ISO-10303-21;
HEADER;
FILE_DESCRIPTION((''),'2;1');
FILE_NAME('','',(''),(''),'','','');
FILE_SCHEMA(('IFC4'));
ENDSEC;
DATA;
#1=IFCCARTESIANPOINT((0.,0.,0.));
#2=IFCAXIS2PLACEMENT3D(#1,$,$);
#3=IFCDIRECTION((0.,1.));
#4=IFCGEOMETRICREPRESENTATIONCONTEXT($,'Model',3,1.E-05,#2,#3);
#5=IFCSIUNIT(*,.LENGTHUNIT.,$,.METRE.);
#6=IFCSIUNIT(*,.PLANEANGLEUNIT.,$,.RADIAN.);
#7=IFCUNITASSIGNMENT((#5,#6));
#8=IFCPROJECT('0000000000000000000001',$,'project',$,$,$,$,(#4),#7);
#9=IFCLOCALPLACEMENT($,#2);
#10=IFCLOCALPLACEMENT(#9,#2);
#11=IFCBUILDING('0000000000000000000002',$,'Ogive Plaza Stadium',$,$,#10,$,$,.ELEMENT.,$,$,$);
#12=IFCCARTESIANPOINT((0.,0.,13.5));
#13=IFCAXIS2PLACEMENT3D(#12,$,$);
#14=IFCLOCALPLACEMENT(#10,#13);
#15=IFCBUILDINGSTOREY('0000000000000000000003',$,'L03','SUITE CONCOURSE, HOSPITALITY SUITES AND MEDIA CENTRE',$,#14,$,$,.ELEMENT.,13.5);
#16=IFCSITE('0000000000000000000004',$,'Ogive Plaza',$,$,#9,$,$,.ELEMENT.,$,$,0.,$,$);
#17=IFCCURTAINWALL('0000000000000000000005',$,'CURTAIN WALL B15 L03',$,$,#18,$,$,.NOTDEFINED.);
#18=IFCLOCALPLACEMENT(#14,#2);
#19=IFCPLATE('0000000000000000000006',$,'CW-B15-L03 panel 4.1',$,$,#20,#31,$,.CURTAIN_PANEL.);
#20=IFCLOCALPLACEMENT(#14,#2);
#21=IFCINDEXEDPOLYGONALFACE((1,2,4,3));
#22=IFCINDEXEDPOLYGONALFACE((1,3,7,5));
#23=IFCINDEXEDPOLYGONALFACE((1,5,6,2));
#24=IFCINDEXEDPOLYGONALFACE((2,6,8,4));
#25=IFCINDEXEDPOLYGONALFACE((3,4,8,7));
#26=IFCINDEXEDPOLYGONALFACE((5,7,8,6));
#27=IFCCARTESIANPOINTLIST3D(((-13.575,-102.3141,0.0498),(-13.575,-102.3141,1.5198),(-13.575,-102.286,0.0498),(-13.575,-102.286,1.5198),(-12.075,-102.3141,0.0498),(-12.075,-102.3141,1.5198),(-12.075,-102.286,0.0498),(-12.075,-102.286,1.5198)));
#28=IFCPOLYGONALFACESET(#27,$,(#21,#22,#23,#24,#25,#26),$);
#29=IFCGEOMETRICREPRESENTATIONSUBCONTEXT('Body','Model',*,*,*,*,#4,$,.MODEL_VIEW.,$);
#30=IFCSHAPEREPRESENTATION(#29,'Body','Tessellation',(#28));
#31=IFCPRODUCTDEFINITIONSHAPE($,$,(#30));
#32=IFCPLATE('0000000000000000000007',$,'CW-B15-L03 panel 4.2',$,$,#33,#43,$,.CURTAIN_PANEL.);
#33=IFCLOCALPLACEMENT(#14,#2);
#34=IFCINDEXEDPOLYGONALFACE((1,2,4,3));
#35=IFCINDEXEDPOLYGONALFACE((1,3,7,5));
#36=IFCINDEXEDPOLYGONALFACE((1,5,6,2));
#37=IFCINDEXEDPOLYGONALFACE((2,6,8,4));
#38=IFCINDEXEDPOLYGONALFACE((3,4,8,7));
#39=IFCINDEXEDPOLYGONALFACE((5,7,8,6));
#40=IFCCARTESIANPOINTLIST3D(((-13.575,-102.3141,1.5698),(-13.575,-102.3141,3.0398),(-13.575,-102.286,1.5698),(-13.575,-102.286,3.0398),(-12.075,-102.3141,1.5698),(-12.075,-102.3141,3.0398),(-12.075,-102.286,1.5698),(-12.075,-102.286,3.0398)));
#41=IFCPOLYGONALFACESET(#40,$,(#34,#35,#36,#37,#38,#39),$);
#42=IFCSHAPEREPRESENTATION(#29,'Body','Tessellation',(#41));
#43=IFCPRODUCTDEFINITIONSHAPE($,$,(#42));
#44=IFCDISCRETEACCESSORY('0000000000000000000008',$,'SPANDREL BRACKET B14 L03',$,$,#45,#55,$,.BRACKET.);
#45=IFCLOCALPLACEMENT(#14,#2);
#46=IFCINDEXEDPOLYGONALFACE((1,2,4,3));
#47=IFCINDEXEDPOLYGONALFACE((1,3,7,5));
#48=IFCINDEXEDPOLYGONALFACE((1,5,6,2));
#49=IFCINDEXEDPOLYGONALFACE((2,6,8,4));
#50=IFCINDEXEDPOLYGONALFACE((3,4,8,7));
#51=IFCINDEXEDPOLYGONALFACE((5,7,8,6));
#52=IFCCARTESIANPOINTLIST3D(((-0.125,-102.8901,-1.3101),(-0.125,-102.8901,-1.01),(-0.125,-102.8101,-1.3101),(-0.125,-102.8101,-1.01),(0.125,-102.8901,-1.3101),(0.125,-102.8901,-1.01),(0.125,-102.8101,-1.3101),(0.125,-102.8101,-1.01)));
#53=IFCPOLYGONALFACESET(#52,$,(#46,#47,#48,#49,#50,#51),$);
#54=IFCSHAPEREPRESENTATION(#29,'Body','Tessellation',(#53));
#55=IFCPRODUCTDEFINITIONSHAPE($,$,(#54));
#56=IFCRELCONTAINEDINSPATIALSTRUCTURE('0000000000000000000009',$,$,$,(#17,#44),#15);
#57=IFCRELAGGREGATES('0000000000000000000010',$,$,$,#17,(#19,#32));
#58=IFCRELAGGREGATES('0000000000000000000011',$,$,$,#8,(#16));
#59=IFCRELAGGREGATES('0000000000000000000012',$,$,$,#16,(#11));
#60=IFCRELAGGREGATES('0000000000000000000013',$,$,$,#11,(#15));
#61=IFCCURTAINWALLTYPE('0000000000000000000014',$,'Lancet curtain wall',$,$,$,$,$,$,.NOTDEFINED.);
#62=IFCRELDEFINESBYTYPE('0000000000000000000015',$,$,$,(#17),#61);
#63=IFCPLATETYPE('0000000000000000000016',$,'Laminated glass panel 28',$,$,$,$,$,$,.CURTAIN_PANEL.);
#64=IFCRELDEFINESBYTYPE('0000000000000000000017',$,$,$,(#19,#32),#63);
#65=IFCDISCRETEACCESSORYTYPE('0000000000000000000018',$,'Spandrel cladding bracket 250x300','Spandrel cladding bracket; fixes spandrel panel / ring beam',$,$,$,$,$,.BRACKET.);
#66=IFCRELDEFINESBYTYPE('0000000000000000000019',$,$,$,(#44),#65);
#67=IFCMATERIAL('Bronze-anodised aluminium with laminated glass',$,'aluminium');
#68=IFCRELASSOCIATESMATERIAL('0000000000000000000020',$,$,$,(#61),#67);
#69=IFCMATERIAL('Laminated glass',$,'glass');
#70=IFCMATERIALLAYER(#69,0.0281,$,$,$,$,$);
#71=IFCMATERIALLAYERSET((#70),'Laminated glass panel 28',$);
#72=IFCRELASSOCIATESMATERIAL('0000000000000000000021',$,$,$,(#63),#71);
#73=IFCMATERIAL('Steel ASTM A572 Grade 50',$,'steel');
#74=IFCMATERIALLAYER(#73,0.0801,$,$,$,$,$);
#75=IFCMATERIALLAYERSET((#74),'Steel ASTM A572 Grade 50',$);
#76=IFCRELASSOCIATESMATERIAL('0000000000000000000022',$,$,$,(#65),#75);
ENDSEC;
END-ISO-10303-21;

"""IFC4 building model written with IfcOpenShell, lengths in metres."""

from ifc_helpers import new_model, si_unit, direction, frame, origin, origin_2d, place, context, subcontext, project, spatial, rectangle, extrude, material, layer, layer_set, type_object, element, aggregate, save


model = new_model("IFC4")

# Units and contexts
model_context = context("Model", 3, precision=1e-05, world=origin(), true_north=direction((0.0, 1.0)))
body_context = subcontext(model_context, "Body", "Model", "MODEL_VIEW")
ifc_project = project(units=[si_unit("LENGTHUNIT", "METRE"), si_unit("PLANEANGLEUNIT", "RADIAN")], contexts=[model_context])

# Site, building, storey
site_placement = place(None, origin())
site = spatial("IfcSite", under=ifc_project, at=site_placement, Name="Ogive Plaza", CompositionType="ELEMENT", RefElevation=0.0)
building_placement = place(site_placement, origin())
building = spatial("IfcBuilding", under=site, at=building_placement, Name="Ogive Plaza Stadium", CompositionType="ELEMENT")
storey_placement = place(building_placement, frame((0.0, 0.0, 13.5)))
storey = spatial("IfcBuildingStorey", under=building, at=storey_placement, Name="L03", Description="SUITE CONCOURSE, HOSPITALITY SUITES AND MEDIA CENTRE", CompositionType="ELEMENT", Elevation=13.5)

# Shared definitions
ifc_material_1 = material(Name="Bronze-anodised aluminium with laminated glass", Category="aluminium")
curtain_wall_type = type_object("IfcCurtainWallType", Name="Lancet curtain wall", PredefinedType="NOTDEFINED", material=ifc_material_1)

# Curtain wall
curtain_wall_1_placement = place(storey_placement, origin())
curtain_wall_1 = element("IfcCurtainWall", 1, at=curtain_wall_1_placement, inside=storey, type_object=curtain_wall_type, Name="CURTAIN WALL B15 L03", PredefinedType="NOTDEFINED")

# Plates
ifc_material_2 = material(Name="Laminated glass", Category="glass")
ifc_layer_1 = layer(ifc_material_2, 0.0281)
ifc_layer_set_1 = layer_set([ifc_layer_1], Name="Laminated glass panel 28")
plate_type = type_object("IfcPlateType", Name="Laminated glass panel 28", PredefinedType="CURTAIN_PANEL", material=ifc_layer_set_1)
plate_1_placement = place(storey_placement, frame((-12.825, -102.3, 0.0498), z_axis=(0.0, 0.0, 1.0), x_axis=(-1.0, 0.0, 0.0)))
plate_1 = element("IfcPlate", 2, at=plate_1_placement, type_object=plate_type, Name="CW-B15-L03 panel 4.1", PredefinedType="CURTAIN_PANEL", context=body_context, shape_type="SweptSolid", body=[
    extrude(rectangle(XDim=1.5, YDim=0.0281, at=origin_2d()), origin(), (0.0, 0.0, 1.0), 1.47),
])
plate_2_placement = place(storey_placement, frame((-12.825, -102.3, 1.5698), z_axis=(0.0, 0.0, 1.0), x_axis=(-1.0, 0.0, 0.0)))
plate_2 = element("IfcPlate", 3, at=plate_2_placement, type_object=plate_type, Name="CW-B15-L03 panel 4.2", PredefinedType="CURTAIN_PANEL", context=body_context, shape_type="SweptSolid", body=[
    extrude(rectangle(XDim=1.5, YDim=0.0281, at=origin_2d()), origin(), (0.0, 0.0, 1.0), 1.47),
])
aggregate(curtain_wall_1, [plate_1, plate_2])

# Discrete accessory
ifc_material_3 = material(Name="Steel ASTM A572 Grade 50", Category="steel")
ifc_layer_2 = layer(ifc_material_3, 0.0801)
ifc_layer_set_2 = layer_set([ifc_layer_2], Name="Steel ASTM A572 Grade 50")
discrete_accessory_type = type_object("IfcDiscreteAccessoryType", Name="Spandrel cladding bracket 250x300", Description="Spandrel cladding bracket; fixes spandrel panel / ring beam", PredefinedType="BRACKET", material=ifc_layer_set_2)
discrete_accessory_placement = place(storey_placement, frame((0.0, -102.8501, -1.3101), z_axis=(0.0, 0.0, 1.0), x_axis=(-1.0, 0.0, 0.0)))
element("IfcDiscreteAccessory", 4, at=discrete_accessory_placement, inside=storey, type_object=discrete_accessory_type, Name="SPANDREL BRACKET B14 L03", PredefinedType="BRACKET", context=body_context, shape_type="SweptSolid", body=[
    extrude(rectangle(XDim=0.25, YDim=0.0801, at=origin_2d()), origin(), (0.0, 0.0, 1.0), 0.3),
])

save(model, "model.ifc")
